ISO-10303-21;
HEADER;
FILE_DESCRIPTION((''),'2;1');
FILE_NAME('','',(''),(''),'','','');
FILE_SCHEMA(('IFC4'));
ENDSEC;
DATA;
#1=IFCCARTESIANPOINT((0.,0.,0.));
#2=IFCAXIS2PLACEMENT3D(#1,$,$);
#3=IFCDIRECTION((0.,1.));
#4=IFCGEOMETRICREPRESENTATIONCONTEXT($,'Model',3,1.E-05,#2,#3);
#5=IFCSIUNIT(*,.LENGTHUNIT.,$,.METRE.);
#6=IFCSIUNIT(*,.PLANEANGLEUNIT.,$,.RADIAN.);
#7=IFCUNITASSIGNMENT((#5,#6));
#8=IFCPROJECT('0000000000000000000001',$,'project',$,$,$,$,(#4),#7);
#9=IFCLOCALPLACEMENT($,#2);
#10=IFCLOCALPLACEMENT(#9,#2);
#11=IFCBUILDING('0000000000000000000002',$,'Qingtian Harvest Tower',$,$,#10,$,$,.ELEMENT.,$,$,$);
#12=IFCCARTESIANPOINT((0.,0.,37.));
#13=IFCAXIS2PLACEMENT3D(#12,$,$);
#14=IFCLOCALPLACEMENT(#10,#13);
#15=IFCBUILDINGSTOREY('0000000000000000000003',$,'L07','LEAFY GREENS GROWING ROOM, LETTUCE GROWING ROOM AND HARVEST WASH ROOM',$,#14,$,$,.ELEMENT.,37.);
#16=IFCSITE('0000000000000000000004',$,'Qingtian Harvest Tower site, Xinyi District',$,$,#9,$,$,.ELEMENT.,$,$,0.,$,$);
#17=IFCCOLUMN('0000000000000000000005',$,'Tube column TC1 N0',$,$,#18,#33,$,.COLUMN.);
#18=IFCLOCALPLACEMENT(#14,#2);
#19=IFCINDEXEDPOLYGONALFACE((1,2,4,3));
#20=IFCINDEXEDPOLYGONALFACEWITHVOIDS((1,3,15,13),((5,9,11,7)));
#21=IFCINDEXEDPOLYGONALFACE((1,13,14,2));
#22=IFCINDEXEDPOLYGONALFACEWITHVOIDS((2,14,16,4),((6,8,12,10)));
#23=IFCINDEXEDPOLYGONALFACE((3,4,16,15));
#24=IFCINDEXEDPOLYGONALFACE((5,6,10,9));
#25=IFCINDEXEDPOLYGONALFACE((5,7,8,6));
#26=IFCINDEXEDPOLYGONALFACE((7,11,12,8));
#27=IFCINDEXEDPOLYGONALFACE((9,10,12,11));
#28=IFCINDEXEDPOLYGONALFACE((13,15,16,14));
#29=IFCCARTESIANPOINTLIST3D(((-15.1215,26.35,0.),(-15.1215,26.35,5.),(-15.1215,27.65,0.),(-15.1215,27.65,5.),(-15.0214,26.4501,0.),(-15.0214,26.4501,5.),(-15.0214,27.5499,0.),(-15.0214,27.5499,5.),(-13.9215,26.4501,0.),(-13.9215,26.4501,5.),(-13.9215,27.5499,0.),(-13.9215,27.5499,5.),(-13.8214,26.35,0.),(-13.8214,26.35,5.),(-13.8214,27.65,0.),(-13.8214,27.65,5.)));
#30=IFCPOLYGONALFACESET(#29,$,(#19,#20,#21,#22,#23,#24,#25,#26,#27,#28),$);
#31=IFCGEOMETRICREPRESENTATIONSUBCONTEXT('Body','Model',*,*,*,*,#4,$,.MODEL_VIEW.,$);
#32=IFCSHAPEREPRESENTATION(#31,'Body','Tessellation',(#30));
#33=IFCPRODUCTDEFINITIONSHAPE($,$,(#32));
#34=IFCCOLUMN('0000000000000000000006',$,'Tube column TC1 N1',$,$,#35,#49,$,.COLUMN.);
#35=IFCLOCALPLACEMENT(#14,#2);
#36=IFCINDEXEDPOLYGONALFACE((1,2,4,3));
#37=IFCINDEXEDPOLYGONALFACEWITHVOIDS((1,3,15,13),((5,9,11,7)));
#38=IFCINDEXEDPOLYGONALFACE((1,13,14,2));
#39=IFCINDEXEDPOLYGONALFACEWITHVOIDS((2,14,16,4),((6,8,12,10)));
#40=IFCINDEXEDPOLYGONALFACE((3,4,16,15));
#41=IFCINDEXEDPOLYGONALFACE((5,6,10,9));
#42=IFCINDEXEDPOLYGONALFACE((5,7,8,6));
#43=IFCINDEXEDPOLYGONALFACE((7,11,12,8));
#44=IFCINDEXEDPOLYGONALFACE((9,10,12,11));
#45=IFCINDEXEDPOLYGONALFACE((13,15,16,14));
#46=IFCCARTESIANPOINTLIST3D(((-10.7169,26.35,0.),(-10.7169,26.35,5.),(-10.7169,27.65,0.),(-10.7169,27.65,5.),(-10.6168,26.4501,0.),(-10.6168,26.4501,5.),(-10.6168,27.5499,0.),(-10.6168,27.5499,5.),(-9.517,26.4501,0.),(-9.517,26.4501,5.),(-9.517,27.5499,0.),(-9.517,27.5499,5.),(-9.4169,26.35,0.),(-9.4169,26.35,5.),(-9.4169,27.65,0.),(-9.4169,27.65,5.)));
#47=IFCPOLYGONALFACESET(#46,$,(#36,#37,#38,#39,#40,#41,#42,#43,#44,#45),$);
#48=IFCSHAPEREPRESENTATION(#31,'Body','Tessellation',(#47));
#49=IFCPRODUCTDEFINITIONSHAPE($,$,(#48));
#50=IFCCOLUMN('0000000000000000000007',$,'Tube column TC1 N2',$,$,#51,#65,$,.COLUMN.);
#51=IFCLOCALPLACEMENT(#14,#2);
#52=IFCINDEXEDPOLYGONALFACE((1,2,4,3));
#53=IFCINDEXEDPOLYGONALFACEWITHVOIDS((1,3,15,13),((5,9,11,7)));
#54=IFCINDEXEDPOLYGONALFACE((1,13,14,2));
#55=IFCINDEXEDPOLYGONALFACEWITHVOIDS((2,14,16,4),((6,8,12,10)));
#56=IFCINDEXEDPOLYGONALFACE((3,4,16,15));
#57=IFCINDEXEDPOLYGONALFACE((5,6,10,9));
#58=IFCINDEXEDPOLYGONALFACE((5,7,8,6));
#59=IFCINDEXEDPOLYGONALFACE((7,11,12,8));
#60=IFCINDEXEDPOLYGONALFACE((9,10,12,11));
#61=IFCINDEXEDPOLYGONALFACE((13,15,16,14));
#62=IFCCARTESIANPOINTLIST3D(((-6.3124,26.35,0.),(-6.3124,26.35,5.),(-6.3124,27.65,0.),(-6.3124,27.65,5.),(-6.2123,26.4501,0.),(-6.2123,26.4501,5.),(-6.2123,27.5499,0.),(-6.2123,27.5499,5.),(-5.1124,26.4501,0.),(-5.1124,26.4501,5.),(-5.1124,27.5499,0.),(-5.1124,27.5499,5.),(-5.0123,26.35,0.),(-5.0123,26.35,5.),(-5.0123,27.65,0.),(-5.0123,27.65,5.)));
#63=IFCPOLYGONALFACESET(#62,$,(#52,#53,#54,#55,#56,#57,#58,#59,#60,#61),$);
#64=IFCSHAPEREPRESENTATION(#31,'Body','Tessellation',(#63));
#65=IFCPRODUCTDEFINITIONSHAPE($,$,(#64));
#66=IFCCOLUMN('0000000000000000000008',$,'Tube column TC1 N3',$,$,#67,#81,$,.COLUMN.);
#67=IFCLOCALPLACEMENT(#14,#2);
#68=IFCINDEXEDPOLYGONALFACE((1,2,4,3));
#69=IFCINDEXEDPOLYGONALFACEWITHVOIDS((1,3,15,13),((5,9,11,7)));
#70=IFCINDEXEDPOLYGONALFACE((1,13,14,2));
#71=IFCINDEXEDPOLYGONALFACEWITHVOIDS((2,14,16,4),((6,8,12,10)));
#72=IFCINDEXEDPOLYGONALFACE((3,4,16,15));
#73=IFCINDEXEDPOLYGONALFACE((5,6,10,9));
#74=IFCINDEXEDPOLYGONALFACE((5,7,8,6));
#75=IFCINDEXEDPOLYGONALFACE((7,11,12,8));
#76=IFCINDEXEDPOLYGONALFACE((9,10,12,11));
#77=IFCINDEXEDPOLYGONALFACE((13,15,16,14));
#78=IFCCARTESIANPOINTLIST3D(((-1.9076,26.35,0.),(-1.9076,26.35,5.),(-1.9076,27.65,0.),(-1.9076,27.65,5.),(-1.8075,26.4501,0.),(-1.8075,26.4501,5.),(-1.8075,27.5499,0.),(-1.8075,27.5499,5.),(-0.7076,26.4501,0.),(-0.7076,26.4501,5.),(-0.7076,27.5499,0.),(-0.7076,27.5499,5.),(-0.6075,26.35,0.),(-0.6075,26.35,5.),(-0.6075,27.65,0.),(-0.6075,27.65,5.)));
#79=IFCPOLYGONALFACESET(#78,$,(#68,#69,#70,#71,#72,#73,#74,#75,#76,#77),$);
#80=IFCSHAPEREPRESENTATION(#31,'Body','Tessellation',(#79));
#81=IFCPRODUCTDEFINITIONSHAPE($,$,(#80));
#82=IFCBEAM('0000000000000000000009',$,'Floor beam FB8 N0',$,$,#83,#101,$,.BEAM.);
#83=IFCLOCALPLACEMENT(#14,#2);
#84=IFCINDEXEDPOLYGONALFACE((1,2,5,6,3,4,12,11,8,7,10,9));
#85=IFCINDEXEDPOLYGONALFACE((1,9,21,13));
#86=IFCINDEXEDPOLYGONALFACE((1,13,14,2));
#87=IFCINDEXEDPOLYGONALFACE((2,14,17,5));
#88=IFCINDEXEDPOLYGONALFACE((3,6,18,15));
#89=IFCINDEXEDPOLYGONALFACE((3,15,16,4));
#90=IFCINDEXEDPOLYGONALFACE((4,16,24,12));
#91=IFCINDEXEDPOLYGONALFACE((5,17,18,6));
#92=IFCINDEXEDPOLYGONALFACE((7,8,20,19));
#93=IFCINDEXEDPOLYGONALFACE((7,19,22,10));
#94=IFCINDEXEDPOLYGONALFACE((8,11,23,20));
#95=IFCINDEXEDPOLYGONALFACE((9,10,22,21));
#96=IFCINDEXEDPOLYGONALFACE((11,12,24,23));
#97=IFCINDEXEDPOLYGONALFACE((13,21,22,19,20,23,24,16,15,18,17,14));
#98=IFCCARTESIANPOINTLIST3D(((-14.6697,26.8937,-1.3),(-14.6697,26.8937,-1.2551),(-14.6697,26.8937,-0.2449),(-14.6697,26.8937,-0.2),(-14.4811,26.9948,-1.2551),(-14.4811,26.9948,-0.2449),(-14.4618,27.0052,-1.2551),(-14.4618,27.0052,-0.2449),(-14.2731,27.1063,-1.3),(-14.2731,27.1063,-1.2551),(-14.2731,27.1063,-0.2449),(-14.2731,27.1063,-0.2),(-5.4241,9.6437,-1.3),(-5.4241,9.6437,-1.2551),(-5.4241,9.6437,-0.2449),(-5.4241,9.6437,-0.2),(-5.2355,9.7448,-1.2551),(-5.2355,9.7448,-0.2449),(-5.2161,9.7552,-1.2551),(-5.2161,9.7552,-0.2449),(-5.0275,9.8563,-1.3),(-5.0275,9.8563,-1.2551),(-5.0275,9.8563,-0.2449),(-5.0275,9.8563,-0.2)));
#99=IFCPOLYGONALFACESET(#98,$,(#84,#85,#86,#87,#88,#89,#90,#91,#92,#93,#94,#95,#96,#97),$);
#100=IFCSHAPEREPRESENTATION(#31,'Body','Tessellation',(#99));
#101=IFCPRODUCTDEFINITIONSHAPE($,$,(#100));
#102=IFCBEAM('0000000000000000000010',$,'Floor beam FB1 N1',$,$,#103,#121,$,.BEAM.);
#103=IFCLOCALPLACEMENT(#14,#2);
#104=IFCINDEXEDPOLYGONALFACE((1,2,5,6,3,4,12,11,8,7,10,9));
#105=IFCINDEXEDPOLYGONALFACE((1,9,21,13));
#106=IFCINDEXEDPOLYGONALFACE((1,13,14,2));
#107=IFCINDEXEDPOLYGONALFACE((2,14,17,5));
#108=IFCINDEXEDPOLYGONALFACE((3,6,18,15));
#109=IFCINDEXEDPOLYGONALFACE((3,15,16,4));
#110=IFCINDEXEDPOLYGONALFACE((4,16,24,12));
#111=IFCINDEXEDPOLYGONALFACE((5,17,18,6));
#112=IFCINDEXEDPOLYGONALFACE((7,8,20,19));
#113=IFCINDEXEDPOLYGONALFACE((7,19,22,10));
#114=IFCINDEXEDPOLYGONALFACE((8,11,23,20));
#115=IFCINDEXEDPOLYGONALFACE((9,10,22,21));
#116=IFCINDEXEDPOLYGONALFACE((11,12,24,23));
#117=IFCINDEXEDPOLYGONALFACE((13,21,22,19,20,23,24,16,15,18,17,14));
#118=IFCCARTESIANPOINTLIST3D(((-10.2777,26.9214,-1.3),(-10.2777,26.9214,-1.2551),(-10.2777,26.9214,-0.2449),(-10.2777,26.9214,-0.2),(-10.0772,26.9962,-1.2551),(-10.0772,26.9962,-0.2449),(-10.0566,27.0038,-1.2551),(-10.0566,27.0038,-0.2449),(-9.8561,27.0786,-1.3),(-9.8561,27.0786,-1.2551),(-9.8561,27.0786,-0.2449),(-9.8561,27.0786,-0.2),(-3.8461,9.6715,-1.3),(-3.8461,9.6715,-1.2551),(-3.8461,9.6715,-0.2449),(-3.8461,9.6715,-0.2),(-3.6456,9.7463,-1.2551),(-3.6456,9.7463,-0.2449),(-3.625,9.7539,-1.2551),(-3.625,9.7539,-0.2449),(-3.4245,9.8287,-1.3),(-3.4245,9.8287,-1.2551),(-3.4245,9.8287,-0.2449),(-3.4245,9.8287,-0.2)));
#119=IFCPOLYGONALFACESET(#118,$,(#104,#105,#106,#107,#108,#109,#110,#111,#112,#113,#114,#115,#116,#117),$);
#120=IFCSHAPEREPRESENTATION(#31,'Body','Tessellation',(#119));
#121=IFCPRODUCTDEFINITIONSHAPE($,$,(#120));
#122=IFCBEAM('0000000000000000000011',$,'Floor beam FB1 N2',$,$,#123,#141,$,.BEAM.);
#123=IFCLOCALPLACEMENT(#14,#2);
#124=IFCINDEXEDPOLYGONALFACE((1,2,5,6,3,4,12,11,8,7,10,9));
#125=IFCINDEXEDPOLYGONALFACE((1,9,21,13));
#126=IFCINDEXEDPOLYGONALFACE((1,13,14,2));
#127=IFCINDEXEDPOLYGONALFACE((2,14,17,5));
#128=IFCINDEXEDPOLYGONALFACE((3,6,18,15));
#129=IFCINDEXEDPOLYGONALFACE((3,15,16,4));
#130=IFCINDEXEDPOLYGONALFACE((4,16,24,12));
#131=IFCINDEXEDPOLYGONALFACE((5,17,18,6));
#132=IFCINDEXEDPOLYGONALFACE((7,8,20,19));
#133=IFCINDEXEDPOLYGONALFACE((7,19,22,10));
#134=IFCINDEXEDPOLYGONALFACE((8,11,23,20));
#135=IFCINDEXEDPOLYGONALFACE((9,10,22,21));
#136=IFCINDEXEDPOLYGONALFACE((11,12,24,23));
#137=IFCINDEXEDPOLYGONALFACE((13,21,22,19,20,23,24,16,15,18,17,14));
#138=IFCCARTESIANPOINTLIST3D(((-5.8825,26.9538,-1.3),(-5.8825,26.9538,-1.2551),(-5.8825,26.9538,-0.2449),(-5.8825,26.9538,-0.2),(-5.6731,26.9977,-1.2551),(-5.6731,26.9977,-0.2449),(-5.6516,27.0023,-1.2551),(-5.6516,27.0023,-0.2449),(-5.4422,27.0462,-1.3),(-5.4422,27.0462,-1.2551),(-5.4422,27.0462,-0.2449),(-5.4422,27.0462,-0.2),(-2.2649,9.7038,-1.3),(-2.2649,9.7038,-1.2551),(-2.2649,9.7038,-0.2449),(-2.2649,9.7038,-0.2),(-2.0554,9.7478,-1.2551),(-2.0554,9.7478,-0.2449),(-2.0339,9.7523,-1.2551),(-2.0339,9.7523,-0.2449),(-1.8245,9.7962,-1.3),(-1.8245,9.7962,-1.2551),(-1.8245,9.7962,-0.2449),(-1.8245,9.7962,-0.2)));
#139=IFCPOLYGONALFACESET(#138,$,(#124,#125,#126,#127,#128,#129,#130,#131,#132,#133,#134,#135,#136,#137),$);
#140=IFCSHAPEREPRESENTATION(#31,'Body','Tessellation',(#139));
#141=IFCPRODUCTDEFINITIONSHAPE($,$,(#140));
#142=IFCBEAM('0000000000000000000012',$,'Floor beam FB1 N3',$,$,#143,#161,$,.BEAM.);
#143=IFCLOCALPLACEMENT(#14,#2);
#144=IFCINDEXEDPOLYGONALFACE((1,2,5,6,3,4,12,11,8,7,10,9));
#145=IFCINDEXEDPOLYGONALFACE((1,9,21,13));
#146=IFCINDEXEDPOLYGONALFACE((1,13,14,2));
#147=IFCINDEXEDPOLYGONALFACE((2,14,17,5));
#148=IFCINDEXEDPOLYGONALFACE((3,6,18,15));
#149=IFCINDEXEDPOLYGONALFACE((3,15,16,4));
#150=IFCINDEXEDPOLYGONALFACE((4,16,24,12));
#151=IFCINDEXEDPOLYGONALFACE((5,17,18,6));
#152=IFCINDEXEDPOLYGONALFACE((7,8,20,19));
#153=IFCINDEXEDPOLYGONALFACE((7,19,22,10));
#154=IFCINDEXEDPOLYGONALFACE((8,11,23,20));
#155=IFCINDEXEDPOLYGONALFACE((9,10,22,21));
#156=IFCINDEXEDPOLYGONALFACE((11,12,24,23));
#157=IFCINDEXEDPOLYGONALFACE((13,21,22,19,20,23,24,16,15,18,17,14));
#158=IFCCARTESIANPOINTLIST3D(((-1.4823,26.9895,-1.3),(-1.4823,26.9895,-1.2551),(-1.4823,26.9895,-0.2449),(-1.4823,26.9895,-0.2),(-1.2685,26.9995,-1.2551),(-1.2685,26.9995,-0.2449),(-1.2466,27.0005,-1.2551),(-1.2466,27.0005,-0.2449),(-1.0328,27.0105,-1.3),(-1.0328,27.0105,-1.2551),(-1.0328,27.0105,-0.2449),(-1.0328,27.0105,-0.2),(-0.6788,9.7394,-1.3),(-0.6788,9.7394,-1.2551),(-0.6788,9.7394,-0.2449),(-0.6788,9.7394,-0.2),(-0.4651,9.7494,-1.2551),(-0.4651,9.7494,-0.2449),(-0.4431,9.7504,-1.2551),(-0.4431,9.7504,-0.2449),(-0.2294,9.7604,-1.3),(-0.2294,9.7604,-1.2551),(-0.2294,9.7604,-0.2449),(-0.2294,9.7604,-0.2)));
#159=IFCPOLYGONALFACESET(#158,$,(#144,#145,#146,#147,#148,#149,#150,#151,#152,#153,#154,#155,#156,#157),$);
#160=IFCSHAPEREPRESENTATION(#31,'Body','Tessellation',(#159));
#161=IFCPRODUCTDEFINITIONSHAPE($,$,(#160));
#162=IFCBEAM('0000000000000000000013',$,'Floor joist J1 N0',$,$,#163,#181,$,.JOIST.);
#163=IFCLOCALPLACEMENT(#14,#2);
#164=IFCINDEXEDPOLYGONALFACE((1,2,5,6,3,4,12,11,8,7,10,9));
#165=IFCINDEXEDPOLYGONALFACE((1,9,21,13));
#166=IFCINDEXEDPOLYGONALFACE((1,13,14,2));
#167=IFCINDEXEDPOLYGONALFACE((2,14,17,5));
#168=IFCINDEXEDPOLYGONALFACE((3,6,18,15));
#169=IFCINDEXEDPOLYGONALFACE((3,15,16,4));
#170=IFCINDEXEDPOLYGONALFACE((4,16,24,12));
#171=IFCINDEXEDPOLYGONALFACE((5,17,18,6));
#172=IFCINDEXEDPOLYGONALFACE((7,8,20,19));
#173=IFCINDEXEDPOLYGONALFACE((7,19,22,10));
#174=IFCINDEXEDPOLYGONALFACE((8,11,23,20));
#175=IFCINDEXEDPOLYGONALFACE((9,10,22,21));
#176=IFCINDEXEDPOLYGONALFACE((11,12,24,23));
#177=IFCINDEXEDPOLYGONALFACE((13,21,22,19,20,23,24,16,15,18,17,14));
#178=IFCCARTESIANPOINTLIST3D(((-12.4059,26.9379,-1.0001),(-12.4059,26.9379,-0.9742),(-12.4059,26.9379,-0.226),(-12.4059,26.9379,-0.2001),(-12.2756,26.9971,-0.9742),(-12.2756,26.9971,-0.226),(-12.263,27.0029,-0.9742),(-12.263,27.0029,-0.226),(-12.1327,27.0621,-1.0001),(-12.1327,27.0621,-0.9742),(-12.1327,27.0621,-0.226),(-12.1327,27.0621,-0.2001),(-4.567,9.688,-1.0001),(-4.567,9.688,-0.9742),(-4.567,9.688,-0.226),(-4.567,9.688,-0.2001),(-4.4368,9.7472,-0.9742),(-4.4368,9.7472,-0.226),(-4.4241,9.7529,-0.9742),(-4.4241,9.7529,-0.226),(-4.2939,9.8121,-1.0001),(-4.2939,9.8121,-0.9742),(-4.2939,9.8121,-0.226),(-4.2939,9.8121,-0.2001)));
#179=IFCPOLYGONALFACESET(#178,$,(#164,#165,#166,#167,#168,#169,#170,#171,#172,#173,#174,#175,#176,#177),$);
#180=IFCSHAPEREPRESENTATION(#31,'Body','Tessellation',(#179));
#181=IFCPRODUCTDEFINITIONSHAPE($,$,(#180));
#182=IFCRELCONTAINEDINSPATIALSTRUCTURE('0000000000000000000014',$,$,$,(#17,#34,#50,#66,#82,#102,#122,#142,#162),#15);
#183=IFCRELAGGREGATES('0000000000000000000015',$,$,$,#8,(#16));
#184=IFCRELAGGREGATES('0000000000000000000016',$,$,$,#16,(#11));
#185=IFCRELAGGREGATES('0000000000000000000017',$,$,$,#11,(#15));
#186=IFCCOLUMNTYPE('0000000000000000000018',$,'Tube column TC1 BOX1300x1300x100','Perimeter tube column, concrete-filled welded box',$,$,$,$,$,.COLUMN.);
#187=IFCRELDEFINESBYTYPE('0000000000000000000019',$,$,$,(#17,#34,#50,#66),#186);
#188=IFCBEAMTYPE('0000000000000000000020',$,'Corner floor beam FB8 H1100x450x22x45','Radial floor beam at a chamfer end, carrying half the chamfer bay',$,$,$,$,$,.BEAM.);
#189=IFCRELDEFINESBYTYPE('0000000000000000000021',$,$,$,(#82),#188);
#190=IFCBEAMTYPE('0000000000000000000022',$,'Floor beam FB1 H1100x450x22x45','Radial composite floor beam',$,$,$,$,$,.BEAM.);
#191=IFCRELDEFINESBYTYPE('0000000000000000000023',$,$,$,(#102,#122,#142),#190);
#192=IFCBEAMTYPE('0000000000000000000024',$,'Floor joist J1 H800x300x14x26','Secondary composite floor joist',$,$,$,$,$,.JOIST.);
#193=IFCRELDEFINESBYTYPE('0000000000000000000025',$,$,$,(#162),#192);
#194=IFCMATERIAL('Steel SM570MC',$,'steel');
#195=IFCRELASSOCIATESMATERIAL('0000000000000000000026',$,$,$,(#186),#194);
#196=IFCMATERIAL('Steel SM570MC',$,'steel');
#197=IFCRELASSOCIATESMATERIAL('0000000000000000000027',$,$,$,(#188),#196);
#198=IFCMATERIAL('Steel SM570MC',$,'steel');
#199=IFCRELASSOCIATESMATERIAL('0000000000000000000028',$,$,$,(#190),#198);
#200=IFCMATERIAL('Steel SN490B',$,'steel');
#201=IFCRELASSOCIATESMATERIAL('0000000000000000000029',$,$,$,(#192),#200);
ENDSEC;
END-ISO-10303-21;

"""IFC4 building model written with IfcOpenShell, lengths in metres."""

from ifc_helpers import new_model, si_unit, direction, frame, origin, origin_2d, place, context, subcontext, project, spatial, hollow_rectangle, i_section, extrude, material, material_profile, profile_set, type_object, element, save


model = new_model("IFC4")

# Units and contexts
model_context = context("Model", 3, precision=1e-05, world=origin(), true_north=direction((0.0, 1.0)))
body_context = subcontext(model_context, "Body", "Model", "MODEL_VIEW")
ifc_project = project(units=[si_unit("LENGTHUNIT", "METRE"), si_unit("PLANEANGLEUNIT", "RADIAN")], contexts=[model_context])

# Site, building, storey
site_placement = place(None, origin())
site = spatial("IfcSite", under=ifc_project, at=site_placement, Name="Qingtian Harvest Tower site, Xinyi District", CompositionType="ELEMENT", RefElevation=0.0)
building_placement = place(site_placement, origin())
building = spatial("IfcBuilding", under=site, at=building_placement, Name="Qingtian Harvest Tower", CompositionType="ELEMENT")
storey_placement = place(building_placement, frame((0.0, 0.0, 37.0)))
storey = spatial("IfcBuildingStorey", under=building, at=storey_placement, Name="L07", Description="LEAFY GREENS GROWING ROOM, LETTUCE GROWING ROOM AND HARVEST WASH ROOM", CompositionType="ELEMENT", Elevation=37.0)

# Columns
ifc_material_1 = material(Name="Steel SM570MC", Category="steel")
ifc_material_profile_1 = material_profile(ifc_material_1, hollow_rectangle(XDim=1.3, YDim=1.3, WallThickness=0.1001, at=origin_2d()), Name="BOX1300x1300x100")
ifc_profile_set_1 = profile_set([ifc_material_profile_1], Name="Steel SM570MC")
column_type = type_object("IfcColumnType", Name="Tube column TC1 BOX1300x1300x100", Description="Perimeter tube column, concrete-filled welded box", PredefinedType="COLUMN", material=ifc_profile_set_1)
for number, where, z_axis, x_axis, name in (
    (1, (-14.4714, 27.0, 0.0), (0.0, 0.0, 1.0), (-1.0, 0.0, 0.0), "Tube column TC1 N0"),
    (2, (-10.0669, 27.0, 0.0), (0.0, 0.0, 1.0), (-1.0, 0.0, 0.0), "Tube column TC1 N1"),
    (3, (-5.6624, 27.0, 0.0), (0.0, 0.0, 1.0), (-1.0, 0.0, 0.0), "Tube column TC1 N2"),
    (4, (-1.2576, 27.0, 0.0), (0.0, 0.0, 1.0), (-1.0, 0.0, 0.0), "Tube column TC1 N3"),
):
    element("IfcColumn", number, at=place(storey_placement, frame(where, z_axis=z_axis, x_axis=x_axis)), inside=storey, type_object=column_type, Name=name, PredefinedType="COLUMN", context=body_context, shape_type="SweptSolid", body=[
        extrude(hollow_rectangle(XDim=1.3, YDim=1.3, WallThickness=0.1001, at=origin_2d()), origin(), (0.0, 0.0, 1.0), 5.0),
    ])

# Beams
ifc_material_2 = material(Name="Steel SM570MC", Category="steel")
ifc_material_profile_2 = material_profile(ifc_material_2, i_section(OverallWidth=0.45, OverallDepth=1.1001, WebThickness=0.022, FlangeThickness=0.0449, at=origin_2d()), Name="H1100x450x22x45")
ifc_profile_set_2 = profile_set([ifc_material_profile_2], Name="Steel SM570MC")
beam_type_1 = type_object("IfcBeamType", Name="Corner floor beam FB8 H1100x450x22x45", Description="Radial floor beam at a chamfer end, carrying half the chamfer bay", PredefinedType="BEAM", material=ifc_profile_set_2)
beam_1_placement = place(storey_placement, frame((-14.4714, 27.0, -0.75), z_axis=(0.472401, -0.881384, 0.0), x_axis=(0.881384, 0.472401, 0.0)))
element("IfcBeam", 5, at=beam_1_placement, inside=storey, type_object=beam_type_1, Name="Floor beam FB8 N0", PredefinedType="BEAM", context=body_context, shape_type="SweptSolid", body=[
    extrude(i_section(OverallWidth=0.45, OverallDepth=1.1001, WebThickness=0.022, FlangeThickness=0.0449, at=origin_2d()), origin(), (0.0, 0.0, 1.0), 19.5715),
])
ifc_material_3 = material(Name="Steel SM570MC", Category="steel")
ifc_material_profile_3 = material_profile(ifc_material_3, i_section(OverallWidth=0.45, OverallDepth=1.1001, WebThickness=0.022, FlangeThickness=0.0449, at=origin_2d()), Name="H1100x450x22x45")
ifc_profile_set_3 = profile_set([ifc_material_profile_3], Name="Steel SM570MC")
beam_type_2 = type_object("IfcBeamType", Name="Floor beam FB1 H1100x450x22x45", Description="Radial composite floor beam", PredefinedType="BEAM", material=ifc_profile_set_3)
beam_2_placement = place(storey_placement, frame((-10.0669, 27.0, -0.75), z_axis=(0.349356, -0.93699, 0.0), x_axis=(0.93699, 0.349356, 0.0)))
element("IfcBeam", 6, at=beam_2_placement, inside=storey, type_object=beam_type_2, Name="Floor beam FB1 N1", PredefinedType="BEAM", context=body_context, shape_type="SweptSolid", body=[
    extrude(i_section(OverallWidth=0.45, OverallDepth=1.1001, WebThickness=0.022, FlangeThickness=0.0449, at=origin_2d()), origin(), (0.0, 0.0, 1.0), 18.4099),
])
beam_3_placement = place(storey_placement, frame((-5.6624, 27.0, -0.75), z_axis=(0.205255, -0.978709, 0.0), x_axis=(0.978709, 0.205255, 0.0)))
element("IfcBeam", 7, at=beam_3_placement, inside=storey, type_object=beam_type_2, Name="Floor beam FB1 N2", PredefinedType="BEAM", context=body_context, shape_type="SweptSolid", body=[
    extrude(i_section(OverallWidth=0.45, OverallDepth=1.1001, WebThickness=0.022, FlangeThickness=0.0449, at=origin_2d()), origin(), (0.0, 0.0, 1.0), 17.6252),
])
beam_4_placement = place(storey_placement, frame((-1.2576, 27.0, -0.75), z_axis=(0.046527, -0.998917, 0.0), x_axis=(0.998917, 0.046527, 0.0)))
element("IfcBeam", 8, at=beam_4_placement, inside=storey, type_object=beam_type_2, Name="Floor beam FB1 N3", PredefinedType="BEAM", context=body_context, shape_type="SweptSolid", body=[
    extrude(i_section(OverallWidth=0.45, OverallDepth=1.1001, WebThickness=0.022, FlangeThickness=0.0449, at=origin_2d()), origin(), (0.0, 0.0, 1.0), 17.2688),
])
ifc_material_4 = material(Name="Steel SN490B", Category="steel")
ifc_material_profile_4 = material_profile(ifc_material_4, i_section(OverallWidth=0.3, OverallDepth=0.8, WebThickness=0.0139, FlangeThickness=0.0259, at=origin_2d()), Name="H800x300x14x26")
ifc_profile_set_4 = profile_set([ifc_material_profile_4], Name="Steel SN490B")
beam_type_3 = type_object("IfcBeamType", Name="Floor joist J1 H800x300x14x26", Description="Secondary composite floor joist", PredefinedType="JOIST", material=ifc_profile_set_4)
beam_5_placement = place(storey_placement, frame((-12.2693, 27.0, -0.6001), z_axis=(0.413714, -0.910407, 0.0), x_axis=(0.910407, 0.413714, 0.0)))
element("IfcBeam", 9, at=beam_5_placement, inside=storey, type_object=beam_type_3, Name="Floor joist J1 N0", PredefinedType="JOIST", context=body_context, shape_type="SweptSolid", body=[
    extrude(i_section(OverallWidth=0.3, OverallDepth=0.8, WebThickness=0.0139, FlangeThickness=0.0259, at=origin_2d()), origin(), (0.0, 0.0, 1.0), 18.9475),
])

save(model, "model.ifc")
